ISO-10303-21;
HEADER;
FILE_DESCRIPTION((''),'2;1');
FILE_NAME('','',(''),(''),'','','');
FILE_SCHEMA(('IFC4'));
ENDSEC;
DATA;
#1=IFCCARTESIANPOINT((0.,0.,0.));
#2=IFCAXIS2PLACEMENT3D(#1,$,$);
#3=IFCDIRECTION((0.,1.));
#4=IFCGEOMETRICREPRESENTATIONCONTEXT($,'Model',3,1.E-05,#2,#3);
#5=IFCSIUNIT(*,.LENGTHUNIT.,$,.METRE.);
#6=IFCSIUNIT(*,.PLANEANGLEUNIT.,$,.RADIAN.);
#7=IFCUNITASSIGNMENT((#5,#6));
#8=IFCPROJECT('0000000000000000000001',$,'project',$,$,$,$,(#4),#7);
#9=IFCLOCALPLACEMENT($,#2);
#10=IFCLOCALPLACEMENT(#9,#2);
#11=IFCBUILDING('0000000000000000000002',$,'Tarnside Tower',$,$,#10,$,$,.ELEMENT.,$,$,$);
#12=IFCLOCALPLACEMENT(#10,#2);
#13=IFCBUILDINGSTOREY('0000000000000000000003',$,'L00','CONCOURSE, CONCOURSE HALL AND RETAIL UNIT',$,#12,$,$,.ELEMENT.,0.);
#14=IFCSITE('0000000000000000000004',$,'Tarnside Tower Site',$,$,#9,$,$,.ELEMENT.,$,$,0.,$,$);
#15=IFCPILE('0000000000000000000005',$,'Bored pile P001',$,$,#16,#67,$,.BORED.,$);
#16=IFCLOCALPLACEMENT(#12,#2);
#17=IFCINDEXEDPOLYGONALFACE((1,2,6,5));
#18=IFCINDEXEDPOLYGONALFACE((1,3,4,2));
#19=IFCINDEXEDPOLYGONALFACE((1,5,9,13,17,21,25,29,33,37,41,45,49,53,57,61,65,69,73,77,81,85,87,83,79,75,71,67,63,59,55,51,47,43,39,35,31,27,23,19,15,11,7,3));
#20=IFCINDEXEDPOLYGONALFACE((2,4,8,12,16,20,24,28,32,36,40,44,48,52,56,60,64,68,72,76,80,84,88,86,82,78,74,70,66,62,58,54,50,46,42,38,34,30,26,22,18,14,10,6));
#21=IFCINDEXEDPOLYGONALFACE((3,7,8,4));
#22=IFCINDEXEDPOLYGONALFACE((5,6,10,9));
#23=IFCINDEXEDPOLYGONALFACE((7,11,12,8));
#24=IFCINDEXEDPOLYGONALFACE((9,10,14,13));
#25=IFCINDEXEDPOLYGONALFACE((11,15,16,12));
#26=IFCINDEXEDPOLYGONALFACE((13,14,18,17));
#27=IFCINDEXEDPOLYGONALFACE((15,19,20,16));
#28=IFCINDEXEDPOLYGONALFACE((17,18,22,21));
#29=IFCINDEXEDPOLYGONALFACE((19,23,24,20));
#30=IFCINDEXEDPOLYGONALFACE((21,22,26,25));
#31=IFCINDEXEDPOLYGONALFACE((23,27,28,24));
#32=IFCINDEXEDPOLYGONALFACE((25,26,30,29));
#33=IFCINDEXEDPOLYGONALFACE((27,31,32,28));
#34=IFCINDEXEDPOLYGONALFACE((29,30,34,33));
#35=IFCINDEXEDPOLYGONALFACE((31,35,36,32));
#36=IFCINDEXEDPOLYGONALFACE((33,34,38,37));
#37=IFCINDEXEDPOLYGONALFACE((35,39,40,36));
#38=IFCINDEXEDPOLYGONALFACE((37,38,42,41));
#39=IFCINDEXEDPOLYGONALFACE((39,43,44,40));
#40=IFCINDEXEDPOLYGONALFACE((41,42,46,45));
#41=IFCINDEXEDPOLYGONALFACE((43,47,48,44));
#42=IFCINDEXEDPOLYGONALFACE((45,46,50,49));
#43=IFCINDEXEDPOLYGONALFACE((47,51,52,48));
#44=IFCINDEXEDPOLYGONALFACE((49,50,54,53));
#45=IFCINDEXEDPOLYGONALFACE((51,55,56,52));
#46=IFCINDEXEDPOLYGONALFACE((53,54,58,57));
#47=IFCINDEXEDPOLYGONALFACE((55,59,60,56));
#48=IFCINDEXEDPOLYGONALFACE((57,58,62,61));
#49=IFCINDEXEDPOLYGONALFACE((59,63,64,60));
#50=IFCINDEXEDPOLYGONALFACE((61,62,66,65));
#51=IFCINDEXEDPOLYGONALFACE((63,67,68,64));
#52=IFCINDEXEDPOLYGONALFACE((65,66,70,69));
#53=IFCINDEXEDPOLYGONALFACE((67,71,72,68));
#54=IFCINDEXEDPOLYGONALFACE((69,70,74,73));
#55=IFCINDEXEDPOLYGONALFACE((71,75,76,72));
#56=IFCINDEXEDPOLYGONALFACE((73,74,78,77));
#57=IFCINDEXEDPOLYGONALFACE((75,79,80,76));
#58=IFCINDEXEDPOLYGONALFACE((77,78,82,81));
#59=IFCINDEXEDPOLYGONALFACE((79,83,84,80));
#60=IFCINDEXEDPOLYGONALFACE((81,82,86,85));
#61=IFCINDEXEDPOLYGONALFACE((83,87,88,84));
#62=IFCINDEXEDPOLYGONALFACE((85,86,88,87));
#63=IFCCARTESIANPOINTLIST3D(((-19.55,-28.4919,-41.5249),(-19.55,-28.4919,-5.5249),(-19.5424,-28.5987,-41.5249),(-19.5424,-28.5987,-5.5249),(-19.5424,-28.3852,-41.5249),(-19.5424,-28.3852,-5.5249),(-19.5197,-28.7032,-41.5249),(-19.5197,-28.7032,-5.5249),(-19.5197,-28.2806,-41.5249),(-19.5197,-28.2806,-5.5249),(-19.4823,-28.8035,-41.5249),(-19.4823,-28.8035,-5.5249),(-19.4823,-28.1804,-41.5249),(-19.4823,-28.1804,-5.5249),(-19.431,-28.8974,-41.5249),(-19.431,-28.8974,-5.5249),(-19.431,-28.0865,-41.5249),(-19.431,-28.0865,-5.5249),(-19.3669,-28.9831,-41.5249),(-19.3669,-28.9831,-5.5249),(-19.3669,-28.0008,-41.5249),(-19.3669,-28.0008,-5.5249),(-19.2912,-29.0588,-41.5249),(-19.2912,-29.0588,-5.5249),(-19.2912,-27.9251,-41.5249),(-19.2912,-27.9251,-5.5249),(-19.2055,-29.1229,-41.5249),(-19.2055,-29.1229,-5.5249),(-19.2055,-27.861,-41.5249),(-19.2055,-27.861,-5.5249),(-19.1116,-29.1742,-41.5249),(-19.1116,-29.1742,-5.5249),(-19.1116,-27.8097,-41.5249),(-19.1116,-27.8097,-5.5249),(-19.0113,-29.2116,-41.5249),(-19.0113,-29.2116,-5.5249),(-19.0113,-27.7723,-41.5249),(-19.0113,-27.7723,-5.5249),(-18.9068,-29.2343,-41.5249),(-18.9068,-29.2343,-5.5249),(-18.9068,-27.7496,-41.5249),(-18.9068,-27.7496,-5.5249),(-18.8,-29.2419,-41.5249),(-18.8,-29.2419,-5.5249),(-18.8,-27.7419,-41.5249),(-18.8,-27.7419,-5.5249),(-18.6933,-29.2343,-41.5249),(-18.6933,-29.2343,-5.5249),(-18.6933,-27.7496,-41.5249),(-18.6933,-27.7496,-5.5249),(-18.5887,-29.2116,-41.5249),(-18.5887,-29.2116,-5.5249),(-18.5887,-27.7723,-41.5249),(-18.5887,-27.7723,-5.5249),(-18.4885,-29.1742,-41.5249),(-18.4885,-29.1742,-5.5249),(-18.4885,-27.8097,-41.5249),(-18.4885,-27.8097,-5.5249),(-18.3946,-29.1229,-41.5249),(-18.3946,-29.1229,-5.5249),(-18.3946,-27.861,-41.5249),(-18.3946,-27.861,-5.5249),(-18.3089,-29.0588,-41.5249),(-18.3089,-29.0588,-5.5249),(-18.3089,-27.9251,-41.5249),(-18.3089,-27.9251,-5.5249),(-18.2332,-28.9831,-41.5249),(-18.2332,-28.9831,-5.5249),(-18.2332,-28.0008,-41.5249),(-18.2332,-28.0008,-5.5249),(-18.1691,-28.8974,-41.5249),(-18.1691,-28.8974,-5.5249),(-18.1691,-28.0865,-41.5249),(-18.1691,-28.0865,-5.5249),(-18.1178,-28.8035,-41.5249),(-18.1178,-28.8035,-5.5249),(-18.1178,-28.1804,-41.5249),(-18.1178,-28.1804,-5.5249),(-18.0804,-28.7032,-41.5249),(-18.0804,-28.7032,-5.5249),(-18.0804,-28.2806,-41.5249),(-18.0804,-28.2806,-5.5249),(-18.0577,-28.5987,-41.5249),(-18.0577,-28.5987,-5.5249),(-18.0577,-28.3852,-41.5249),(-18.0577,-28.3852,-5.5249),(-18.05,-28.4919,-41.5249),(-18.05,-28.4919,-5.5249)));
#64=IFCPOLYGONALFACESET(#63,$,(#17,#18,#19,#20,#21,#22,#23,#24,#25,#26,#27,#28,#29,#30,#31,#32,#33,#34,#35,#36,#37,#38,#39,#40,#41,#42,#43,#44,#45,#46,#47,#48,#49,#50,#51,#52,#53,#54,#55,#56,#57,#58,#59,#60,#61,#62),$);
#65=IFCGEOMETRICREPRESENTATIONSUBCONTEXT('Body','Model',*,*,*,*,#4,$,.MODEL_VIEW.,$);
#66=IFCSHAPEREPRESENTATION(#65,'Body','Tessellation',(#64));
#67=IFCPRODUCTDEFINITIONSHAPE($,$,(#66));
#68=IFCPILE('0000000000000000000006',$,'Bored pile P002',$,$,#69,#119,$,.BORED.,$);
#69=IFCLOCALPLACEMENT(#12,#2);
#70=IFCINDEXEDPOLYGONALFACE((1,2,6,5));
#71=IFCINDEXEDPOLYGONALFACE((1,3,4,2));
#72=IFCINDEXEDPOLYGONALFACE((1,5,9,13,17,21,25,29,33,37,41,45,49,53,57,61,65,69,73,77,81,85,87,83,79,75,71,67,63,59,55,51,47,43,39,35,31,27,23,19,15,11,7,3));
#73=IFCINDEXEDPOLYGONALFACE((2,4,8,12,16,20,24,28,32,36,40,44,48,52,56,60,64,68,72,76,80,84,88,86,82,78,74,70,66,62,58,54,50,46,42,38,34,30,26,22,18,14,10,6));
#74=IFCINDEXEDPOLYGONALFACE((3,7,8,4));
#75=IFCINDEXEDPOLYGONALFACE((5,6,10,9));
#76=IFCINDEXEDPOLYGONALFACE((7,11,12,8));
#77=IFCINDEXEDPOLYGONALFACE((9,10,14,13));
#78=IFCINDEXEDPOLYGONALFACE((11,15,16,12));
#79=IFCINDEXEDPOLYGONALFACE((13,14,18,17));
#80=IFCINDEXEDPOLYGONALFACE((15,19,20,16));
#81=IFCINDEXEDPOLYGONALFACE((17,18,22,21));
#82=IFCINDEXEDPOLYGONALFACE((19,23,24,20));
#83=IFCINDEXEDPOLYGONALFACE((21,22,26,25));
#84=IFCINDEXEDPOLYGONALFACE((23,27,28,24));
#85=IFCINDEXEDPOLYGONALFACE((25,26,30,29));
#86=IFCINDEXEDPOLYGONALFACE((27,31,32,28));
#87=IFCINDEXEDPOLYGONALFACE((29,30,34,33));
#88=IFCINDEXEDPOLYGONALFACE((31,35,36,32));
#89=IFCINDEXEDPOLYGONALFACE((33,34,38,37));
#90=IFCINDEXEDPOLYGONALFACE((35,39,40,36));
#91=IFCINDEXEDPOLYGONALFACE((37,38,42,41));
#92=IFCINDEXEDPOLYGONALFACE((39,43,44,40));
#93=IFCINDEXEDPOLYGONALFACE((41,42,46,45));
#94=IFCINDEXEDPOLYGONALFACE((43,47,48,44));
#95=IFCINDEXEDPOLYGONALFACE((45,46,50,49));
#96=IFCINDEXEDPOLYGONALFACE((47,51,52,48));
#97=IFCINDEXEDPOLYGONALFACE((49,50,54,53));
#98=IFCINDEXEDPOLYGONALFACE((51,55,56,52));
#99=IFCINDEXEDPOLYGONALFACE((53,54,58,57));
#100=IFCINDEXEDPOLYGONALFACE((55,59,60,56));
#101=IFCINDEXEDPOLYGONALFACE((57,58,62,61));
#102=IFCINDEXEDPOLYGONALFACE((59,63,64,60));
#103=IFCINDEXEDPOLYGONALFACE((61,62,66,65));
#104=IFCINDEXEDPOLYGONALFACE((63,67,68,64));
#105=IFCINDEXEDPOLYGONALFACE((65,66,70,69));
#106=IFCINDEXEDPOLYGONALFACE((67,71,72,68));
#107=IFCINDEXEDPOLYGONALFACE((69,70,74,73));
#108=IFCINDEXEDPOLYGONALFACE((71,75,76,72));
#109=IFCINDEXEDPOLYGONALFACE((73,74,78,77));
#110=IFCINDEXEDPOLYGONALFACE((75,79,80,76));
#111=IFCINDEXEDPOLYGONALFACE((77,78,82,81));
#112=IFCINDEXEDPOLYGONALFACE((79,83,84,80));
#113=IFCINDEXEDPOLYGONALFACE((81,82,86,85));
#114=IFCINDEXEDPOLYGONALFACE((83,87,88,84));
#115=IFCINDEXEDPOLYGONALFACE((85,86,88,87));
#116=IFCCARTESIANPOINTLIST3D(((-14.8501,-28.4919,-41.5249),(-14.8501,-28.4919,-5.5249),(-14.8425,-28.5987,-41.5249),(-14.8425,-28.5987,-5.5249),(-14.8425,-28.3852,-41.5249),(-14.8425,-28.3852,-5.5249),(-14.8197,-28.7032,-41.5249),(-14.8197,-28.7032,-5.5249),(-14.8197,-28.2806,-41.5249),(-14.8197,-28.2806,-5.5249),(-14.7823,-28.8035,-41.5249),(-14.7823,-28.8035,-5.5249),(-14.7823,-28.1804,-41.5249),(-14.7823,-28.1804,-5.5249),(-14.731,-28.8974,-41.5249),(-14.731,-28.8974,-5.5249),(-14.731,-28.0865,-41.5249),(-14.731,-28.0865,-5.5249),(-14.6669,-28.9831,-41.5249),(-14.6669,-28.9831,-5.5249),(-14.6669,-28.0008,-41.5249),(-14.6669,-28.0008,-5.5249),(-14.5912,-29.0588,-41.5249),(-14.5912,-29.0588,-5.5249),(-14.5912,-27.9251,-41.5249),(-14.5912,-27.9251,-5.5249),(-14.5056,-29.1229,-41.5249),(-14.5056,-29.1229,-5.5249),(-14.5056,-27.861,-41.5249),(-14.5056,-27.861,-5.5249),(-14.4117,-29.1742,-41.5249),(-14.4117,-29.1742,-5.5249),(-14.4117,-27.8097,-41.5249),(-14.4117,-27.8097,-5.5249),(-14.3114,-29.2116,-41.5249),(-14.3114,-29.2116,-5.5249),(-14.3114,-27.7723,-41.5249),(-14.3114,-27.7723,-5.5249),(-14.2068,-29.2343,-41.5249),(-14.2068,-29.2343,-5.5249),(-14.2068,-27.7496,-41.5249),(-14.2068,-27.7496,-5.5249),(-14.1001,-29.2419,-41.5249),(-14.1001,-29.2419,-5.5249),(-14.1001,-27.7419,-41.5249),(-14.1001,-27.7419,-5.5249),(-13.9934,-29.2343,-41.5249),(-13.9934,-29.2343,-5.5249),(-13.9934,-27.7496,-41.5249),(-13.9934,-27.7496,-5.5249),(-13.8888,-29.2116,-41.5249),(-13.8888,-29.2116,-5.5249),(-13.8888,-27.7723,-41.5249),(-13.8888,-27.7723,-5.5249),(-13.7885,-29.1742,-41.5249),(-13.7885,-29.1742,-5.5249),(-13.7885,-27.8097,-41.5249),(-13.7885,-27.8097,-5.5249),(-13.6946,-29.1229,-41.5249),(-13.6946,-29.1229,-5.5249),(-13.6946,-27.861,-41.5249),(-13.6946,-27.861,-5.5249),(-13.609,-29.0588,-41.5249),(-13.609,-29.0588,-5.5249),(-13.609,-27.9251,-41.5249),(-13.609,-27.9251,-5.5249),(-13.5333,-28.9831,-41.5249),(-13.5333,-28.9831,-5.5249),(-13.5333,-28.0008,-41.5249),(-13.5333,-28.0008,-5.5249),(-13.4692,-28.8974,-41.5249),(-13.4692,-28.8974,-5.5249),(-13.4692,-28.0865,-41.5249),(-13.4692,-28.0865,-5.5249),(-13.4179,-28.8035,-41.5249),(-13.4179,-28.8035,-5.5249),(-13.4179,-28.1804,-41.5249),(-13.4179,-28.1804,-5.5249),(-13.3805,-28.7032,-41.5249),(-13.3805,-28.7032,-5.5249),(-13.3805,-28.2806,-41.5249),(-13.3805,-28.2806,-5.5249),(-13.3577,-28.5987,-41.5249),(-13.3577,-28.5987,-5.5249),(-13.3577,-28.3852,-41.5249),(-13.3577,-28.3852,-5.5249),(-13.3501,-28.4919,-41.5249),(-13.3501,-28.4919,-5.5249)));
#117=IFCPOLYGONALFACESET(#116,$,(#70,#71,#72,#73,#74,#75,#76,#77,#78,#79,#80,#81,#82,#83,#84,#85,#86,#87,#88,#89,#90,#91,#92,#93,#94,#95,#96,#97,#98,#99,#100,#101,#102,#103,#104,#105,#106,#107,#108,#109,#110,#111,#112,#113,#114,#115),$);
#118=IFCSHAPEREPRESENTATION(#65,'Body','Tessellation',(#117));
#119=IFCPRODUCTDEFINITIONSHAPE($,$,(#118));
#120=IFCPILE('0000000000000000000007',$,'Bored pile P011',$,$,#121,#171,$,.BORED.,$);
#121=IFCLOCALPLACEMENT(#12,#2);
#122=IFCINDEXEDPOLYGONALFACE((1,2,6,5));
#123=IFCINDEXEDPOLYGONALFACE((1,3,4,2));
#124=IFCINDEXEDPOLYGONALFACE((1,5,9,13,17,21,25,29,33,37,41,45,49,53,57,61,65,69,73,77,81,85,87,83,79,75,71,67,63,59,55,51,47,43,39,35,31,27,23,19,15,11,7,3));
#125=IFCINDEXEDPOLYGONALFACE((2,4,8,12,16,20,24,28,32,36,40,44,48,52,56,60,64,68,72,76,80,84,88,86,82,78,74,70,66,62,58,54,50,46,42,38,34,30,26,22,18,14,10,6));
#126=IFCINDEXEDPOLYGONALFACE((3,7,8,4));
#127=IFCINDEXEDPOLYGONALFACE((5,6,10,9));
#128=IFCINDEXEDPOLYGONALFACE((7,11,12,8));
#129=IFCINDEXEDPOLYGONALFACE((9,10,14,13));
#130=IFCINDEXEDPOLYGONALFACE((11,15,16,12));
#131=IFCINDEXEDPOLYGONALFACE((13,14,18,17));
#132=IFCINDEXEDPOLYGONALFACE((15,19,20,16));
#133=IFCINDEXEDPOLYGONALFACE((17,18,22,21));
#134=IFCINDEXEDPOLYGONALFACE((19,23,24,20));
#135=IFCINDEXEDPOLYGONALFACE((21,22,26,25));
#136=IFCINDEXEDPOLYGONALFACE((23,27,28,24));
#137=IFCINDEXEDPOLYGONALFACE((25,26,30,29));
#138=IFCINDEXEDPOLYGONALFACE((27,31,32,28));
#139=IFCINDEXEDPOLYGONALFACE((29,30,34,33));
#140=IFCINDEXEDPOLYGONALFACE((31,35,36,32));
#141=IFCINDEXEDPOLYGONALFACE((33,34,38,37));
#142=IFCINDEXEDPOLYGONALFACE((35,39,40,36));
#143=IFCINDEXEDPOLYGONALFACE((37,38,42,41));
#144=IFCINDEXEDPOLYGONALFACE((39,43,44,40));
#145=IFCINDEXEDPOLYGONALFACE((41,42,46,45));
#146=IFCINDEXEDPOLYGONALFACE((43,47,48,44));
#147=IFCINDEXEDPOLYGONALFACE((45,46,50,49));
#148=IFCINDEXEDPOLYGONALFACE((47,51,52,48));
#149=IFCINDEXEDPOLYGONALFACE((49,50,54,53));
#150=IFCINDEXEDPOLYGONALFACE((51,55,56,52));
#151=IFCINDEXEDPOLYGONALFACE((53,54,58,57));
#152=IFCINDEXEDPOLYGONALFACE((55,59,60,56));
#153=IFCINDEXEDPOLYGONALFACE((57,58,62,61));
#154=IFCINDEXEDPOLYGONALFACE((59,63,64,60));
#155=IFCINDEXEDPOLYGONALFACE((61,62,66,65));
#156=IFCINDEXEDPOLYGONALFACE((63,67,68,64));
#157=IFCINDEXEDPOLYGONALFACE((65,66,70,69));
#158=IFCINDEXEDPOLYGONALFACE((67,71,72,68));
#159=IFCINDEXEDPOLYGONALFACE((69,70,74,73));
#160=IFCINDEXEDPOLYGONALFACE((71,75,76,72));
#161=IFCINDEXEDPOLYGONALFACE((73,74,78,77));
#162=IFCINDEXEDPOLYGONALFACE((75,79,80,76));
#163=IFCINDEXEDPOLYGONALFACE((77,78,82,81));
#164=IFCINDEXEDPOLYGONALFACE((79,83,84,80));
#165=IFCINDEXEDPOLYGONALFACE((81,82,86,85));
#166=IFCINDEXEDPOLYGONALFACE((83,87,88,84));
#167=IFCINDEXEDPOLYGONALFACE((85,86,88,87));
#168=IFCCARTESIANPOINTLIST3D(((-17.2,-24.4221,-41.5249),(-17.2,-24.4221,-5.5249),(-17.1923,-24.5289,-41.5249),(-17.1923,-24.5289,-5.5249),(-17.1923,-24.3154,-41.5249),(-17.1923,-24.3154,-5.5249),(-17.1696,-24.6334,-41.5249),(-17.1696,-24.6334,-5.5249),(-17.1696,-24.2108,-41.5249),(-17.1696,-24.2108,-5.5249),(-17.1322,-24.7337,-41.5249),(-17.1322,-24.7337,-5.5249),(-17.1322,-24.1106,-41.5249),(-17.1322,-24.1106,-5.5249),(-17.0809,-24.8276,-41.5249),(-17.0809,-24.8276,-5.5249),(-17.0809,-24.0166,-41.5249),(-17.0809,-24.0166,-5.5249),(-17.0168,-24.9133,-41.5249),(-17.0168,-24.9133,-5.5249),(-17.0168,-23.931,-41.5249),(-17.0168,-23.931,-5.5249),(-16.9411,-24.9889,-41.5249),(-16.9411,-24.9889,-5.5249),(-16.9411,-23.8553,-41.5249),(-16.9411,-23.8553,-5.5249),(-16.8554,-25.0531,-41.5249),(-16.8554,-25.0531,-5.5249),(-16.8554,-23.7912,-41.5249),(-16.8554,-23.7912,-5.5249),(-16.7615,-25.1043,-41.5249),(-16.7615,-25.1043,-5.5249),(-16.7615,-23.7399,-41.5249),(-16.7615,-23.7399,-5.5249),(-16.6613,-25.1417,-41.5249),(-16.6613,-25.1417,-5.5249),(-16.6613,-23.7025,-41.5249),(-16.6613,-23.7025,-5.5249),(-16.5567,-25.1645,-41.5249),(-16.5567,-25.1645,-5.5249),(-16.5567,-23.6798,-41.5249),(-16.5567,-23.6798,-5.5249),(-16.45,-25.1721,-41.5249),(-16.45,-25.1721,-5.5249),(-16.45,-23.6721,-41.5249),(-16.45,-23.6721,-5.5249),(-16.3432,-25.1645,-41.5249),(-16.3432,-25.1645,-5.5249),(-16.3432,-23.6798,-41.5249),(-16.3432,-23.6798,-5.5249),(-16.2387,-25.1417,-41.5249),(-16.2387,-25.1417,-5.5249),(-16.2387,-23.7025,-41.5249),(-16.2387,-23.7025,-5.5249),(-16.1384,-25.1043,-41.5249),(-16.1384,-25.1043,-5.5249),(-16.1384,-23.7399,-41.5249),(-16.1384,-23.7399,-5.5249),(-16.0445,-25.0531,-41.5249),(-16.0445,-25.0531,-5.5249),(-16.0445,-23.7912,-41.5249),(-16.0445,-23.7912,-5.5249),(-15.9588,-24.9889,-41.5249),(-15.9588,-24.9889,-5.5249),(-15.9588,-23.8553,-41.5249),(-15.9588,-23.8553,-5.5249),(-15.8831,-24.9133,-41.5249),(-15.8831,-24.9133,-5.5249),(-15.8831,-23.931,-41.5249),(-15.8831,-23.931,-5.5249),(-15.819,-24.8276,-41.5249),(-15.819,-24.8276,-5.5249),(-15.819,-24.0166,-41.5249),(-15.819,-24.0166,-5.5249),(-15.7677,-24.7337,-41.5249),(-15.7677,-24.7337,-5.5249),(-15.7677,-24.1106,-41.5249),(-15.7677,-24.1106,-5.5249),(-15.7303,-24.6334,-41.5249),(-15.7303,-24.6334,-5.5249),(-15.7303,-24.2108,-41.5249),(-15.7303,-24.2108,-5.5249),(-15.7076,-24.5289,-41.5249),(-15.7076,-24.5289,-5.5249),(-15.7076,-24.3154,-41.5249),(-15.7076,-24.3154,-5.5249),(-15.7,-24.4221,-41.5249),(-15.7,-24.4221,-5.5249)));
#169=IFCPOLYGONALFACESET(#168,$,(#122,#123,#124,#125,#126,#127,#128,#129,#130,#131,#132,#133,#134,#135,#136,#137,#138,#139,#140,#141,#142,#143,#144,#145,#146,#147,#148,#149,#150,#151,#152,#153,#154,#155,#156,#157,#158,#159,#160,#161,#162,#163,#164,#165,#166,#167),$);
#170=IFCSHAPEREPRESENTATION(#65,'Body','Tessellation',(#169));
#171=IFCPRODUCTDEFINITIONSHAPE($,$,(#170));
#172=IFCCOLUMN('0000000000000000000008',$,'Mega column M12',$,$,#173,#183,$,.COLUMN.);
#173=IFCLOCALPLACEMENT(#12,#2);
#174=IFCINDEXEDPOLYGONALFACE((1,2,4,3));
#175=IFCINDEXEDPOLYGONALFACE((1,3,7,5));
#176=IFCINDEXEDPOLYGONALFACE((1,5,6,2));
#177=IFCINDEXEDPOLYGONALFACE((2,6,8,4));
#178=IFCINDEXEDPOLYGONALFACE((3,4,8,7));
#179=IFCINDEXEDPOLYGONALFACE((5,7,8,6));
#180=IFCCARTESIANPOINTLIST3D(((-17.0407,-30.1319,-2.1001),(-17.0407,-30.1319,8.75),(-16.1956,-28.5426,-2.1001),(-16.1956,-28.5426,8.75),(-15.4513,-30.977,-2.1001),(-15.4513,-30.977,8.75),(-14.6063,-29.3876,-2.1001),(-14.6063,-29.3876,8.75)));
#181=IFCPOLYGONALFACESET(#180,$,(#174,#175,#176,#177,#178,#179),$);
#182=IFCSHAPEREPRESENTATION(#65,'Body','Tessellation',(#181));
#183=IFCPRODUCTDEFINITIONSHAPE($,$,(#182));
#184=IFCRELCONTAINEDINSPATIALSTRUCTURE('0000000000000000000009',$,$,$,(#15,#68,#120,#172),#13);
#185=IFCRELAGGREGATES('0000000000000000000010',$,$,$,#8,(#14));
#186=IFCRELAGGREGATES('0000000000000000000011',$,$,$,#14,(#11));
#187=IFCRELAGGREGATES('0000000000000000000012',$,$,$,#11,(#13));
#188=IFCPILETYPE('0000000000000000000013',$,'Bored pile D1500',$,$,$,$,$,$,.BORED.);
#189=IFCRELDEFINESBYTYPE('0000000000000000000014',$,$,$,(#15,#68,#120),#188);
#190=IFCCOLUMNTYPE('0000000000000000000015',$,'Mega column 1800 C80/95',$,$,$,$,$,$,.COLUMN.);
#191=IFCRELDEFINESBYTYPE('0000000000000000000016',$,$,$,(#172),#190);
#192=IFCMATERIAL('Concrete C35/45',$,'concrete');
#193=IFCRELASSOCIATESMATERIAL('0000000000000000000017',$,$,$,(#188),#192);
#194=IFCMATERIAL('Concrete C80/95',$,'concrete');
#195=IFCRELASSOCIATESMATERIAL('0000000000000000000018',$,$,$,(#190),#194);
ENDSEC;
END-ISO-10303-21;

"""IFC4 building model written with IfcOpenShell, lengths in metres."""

from ifc_helpers import new_model, si_unit, direction, frame, origin, origin_2d, place, context, subcontext, project, spatial, rectangle, circle, extrude, material, material_profile, profile_set, type_object, element, save


model = new_model("IFC4")

# Units and contexts
model_context = context("Model", 3, precision=1e-05, world=origin(), true_north=direction((0.0, 1.0)))
body_context = subcontext(model_context, "Body", "Model", "MODEL_VIEW")
ifc_project = project(units=[si_unit("LENGTHUNIT", "METRE"), si_unit("PLANEANGLEUNIT", "RADIAN")], contexts=[model_context])

# Site, building, storey
site_placement = place(None, origin())
site = spatial("IfcSite", under=ifc_project, at=site_placement, Name="Tarnside Tower Site", CompositionType="ELEMENT", RefElevation=0.0)
building_placement = place(site_placement, origin())
building = spatial("IfcBuilding", under=site, at=building_placement, Name="Tarnside Tower", CompositionType="ELEMENT")
storey_placement = place(building_placement, origin())
storey = spatial("IfcBuildingStorey", under=building, at=storey_placement, Name="L00", Description="CONCOURSE, CONCOURSE HALL AND RETAIL UNIT", CompositionType="ELEMENT", Elevation=0.0)

# Piles
ifc_material_1 = material(Name="Concrete C35/45", Category="concrete")
ifc_material_profile_1 = material_profile(ifc_material_1, circle(Radius=0.75, at=origin_2d()), Name="Bored pile D1500")
ifc_profile_set_1 = profile_set([ifc_material_profile_1], Name="Concrete C35/45")
pile_type = type_object("IfcPileType", Name="Bored pile D1500", PredefinedType="BORED", material=ifc_profile_set_1)
for number, where, z_axis, x_axis, name in (
    (1, (-18.8, -28.4919, -5.5249), (0.0, 0.0, -1.0), (1.0, 0.0, 0.0), "Bored pile P001"),
    (2, (-14.1001, -28.4919, -5.5249), (0.0, 0.0, -1.0), (1.0, 0.0, 0.0), "Bored pile P002"),
    (3, (-16.45, -24.4221, -5.5249), (0.0, 0.0, -1.0), (1.0, 0.0, 0.0), "Bored pile P011"),
):
    element("IfcPile", number, at=place(storey_placement, frame(where, z_axis=z_axis, x_axis=x_axis)), inside=storey, type_object=pile_type, Name=name, PredefinedType="BORED", context=body_context, shape_type="SweptSolid", body=[
        extrude(circle(Radius=0.75, at=origin_2d()), origin(), (0.0, 0.0, 1.0), 36.0),
    ])

# Column
ifc_material_2 = material(Name="Concrete C80/95", Category="concrete")
ifc_material_profile_2 = material_profile(ifc_material_2, rectangle(XDim=1.8, YDim=1.8, at=origin_2d()), Name="Mega column 1800x1800")
ifc_profile_set_2 = profile_set([ifc_material_profile_2], Name="Concrete C80/95")
column_type_1 = type_object("IfcColumnType", Name="Mega column 1800 C80/95", PredefinedType="COLUMN", material=ifc_profile_set_2)
column_1_placement = place(storey_placement, frame((-15.8235, -29.7598, -2.1001), z_axis=(0.0, 0.0, 1.0), x_axis=(-0.882948, 0.469472, 0.0)))
element("IfcColumn", 4, at=column_1_placement, inside=storey, type_object=column_type_1, Name="Mega column M12", PredefinedType="COLUMN", context=body_context, shape_type="SweptSolid", body=[
    extrude(rectangle(XDim=1.8, YDim=1.8, at=origin_2d()), origin(), (0.0, 0.0, 1.0), 10.8501),
])

save(model, "model.ifc")
